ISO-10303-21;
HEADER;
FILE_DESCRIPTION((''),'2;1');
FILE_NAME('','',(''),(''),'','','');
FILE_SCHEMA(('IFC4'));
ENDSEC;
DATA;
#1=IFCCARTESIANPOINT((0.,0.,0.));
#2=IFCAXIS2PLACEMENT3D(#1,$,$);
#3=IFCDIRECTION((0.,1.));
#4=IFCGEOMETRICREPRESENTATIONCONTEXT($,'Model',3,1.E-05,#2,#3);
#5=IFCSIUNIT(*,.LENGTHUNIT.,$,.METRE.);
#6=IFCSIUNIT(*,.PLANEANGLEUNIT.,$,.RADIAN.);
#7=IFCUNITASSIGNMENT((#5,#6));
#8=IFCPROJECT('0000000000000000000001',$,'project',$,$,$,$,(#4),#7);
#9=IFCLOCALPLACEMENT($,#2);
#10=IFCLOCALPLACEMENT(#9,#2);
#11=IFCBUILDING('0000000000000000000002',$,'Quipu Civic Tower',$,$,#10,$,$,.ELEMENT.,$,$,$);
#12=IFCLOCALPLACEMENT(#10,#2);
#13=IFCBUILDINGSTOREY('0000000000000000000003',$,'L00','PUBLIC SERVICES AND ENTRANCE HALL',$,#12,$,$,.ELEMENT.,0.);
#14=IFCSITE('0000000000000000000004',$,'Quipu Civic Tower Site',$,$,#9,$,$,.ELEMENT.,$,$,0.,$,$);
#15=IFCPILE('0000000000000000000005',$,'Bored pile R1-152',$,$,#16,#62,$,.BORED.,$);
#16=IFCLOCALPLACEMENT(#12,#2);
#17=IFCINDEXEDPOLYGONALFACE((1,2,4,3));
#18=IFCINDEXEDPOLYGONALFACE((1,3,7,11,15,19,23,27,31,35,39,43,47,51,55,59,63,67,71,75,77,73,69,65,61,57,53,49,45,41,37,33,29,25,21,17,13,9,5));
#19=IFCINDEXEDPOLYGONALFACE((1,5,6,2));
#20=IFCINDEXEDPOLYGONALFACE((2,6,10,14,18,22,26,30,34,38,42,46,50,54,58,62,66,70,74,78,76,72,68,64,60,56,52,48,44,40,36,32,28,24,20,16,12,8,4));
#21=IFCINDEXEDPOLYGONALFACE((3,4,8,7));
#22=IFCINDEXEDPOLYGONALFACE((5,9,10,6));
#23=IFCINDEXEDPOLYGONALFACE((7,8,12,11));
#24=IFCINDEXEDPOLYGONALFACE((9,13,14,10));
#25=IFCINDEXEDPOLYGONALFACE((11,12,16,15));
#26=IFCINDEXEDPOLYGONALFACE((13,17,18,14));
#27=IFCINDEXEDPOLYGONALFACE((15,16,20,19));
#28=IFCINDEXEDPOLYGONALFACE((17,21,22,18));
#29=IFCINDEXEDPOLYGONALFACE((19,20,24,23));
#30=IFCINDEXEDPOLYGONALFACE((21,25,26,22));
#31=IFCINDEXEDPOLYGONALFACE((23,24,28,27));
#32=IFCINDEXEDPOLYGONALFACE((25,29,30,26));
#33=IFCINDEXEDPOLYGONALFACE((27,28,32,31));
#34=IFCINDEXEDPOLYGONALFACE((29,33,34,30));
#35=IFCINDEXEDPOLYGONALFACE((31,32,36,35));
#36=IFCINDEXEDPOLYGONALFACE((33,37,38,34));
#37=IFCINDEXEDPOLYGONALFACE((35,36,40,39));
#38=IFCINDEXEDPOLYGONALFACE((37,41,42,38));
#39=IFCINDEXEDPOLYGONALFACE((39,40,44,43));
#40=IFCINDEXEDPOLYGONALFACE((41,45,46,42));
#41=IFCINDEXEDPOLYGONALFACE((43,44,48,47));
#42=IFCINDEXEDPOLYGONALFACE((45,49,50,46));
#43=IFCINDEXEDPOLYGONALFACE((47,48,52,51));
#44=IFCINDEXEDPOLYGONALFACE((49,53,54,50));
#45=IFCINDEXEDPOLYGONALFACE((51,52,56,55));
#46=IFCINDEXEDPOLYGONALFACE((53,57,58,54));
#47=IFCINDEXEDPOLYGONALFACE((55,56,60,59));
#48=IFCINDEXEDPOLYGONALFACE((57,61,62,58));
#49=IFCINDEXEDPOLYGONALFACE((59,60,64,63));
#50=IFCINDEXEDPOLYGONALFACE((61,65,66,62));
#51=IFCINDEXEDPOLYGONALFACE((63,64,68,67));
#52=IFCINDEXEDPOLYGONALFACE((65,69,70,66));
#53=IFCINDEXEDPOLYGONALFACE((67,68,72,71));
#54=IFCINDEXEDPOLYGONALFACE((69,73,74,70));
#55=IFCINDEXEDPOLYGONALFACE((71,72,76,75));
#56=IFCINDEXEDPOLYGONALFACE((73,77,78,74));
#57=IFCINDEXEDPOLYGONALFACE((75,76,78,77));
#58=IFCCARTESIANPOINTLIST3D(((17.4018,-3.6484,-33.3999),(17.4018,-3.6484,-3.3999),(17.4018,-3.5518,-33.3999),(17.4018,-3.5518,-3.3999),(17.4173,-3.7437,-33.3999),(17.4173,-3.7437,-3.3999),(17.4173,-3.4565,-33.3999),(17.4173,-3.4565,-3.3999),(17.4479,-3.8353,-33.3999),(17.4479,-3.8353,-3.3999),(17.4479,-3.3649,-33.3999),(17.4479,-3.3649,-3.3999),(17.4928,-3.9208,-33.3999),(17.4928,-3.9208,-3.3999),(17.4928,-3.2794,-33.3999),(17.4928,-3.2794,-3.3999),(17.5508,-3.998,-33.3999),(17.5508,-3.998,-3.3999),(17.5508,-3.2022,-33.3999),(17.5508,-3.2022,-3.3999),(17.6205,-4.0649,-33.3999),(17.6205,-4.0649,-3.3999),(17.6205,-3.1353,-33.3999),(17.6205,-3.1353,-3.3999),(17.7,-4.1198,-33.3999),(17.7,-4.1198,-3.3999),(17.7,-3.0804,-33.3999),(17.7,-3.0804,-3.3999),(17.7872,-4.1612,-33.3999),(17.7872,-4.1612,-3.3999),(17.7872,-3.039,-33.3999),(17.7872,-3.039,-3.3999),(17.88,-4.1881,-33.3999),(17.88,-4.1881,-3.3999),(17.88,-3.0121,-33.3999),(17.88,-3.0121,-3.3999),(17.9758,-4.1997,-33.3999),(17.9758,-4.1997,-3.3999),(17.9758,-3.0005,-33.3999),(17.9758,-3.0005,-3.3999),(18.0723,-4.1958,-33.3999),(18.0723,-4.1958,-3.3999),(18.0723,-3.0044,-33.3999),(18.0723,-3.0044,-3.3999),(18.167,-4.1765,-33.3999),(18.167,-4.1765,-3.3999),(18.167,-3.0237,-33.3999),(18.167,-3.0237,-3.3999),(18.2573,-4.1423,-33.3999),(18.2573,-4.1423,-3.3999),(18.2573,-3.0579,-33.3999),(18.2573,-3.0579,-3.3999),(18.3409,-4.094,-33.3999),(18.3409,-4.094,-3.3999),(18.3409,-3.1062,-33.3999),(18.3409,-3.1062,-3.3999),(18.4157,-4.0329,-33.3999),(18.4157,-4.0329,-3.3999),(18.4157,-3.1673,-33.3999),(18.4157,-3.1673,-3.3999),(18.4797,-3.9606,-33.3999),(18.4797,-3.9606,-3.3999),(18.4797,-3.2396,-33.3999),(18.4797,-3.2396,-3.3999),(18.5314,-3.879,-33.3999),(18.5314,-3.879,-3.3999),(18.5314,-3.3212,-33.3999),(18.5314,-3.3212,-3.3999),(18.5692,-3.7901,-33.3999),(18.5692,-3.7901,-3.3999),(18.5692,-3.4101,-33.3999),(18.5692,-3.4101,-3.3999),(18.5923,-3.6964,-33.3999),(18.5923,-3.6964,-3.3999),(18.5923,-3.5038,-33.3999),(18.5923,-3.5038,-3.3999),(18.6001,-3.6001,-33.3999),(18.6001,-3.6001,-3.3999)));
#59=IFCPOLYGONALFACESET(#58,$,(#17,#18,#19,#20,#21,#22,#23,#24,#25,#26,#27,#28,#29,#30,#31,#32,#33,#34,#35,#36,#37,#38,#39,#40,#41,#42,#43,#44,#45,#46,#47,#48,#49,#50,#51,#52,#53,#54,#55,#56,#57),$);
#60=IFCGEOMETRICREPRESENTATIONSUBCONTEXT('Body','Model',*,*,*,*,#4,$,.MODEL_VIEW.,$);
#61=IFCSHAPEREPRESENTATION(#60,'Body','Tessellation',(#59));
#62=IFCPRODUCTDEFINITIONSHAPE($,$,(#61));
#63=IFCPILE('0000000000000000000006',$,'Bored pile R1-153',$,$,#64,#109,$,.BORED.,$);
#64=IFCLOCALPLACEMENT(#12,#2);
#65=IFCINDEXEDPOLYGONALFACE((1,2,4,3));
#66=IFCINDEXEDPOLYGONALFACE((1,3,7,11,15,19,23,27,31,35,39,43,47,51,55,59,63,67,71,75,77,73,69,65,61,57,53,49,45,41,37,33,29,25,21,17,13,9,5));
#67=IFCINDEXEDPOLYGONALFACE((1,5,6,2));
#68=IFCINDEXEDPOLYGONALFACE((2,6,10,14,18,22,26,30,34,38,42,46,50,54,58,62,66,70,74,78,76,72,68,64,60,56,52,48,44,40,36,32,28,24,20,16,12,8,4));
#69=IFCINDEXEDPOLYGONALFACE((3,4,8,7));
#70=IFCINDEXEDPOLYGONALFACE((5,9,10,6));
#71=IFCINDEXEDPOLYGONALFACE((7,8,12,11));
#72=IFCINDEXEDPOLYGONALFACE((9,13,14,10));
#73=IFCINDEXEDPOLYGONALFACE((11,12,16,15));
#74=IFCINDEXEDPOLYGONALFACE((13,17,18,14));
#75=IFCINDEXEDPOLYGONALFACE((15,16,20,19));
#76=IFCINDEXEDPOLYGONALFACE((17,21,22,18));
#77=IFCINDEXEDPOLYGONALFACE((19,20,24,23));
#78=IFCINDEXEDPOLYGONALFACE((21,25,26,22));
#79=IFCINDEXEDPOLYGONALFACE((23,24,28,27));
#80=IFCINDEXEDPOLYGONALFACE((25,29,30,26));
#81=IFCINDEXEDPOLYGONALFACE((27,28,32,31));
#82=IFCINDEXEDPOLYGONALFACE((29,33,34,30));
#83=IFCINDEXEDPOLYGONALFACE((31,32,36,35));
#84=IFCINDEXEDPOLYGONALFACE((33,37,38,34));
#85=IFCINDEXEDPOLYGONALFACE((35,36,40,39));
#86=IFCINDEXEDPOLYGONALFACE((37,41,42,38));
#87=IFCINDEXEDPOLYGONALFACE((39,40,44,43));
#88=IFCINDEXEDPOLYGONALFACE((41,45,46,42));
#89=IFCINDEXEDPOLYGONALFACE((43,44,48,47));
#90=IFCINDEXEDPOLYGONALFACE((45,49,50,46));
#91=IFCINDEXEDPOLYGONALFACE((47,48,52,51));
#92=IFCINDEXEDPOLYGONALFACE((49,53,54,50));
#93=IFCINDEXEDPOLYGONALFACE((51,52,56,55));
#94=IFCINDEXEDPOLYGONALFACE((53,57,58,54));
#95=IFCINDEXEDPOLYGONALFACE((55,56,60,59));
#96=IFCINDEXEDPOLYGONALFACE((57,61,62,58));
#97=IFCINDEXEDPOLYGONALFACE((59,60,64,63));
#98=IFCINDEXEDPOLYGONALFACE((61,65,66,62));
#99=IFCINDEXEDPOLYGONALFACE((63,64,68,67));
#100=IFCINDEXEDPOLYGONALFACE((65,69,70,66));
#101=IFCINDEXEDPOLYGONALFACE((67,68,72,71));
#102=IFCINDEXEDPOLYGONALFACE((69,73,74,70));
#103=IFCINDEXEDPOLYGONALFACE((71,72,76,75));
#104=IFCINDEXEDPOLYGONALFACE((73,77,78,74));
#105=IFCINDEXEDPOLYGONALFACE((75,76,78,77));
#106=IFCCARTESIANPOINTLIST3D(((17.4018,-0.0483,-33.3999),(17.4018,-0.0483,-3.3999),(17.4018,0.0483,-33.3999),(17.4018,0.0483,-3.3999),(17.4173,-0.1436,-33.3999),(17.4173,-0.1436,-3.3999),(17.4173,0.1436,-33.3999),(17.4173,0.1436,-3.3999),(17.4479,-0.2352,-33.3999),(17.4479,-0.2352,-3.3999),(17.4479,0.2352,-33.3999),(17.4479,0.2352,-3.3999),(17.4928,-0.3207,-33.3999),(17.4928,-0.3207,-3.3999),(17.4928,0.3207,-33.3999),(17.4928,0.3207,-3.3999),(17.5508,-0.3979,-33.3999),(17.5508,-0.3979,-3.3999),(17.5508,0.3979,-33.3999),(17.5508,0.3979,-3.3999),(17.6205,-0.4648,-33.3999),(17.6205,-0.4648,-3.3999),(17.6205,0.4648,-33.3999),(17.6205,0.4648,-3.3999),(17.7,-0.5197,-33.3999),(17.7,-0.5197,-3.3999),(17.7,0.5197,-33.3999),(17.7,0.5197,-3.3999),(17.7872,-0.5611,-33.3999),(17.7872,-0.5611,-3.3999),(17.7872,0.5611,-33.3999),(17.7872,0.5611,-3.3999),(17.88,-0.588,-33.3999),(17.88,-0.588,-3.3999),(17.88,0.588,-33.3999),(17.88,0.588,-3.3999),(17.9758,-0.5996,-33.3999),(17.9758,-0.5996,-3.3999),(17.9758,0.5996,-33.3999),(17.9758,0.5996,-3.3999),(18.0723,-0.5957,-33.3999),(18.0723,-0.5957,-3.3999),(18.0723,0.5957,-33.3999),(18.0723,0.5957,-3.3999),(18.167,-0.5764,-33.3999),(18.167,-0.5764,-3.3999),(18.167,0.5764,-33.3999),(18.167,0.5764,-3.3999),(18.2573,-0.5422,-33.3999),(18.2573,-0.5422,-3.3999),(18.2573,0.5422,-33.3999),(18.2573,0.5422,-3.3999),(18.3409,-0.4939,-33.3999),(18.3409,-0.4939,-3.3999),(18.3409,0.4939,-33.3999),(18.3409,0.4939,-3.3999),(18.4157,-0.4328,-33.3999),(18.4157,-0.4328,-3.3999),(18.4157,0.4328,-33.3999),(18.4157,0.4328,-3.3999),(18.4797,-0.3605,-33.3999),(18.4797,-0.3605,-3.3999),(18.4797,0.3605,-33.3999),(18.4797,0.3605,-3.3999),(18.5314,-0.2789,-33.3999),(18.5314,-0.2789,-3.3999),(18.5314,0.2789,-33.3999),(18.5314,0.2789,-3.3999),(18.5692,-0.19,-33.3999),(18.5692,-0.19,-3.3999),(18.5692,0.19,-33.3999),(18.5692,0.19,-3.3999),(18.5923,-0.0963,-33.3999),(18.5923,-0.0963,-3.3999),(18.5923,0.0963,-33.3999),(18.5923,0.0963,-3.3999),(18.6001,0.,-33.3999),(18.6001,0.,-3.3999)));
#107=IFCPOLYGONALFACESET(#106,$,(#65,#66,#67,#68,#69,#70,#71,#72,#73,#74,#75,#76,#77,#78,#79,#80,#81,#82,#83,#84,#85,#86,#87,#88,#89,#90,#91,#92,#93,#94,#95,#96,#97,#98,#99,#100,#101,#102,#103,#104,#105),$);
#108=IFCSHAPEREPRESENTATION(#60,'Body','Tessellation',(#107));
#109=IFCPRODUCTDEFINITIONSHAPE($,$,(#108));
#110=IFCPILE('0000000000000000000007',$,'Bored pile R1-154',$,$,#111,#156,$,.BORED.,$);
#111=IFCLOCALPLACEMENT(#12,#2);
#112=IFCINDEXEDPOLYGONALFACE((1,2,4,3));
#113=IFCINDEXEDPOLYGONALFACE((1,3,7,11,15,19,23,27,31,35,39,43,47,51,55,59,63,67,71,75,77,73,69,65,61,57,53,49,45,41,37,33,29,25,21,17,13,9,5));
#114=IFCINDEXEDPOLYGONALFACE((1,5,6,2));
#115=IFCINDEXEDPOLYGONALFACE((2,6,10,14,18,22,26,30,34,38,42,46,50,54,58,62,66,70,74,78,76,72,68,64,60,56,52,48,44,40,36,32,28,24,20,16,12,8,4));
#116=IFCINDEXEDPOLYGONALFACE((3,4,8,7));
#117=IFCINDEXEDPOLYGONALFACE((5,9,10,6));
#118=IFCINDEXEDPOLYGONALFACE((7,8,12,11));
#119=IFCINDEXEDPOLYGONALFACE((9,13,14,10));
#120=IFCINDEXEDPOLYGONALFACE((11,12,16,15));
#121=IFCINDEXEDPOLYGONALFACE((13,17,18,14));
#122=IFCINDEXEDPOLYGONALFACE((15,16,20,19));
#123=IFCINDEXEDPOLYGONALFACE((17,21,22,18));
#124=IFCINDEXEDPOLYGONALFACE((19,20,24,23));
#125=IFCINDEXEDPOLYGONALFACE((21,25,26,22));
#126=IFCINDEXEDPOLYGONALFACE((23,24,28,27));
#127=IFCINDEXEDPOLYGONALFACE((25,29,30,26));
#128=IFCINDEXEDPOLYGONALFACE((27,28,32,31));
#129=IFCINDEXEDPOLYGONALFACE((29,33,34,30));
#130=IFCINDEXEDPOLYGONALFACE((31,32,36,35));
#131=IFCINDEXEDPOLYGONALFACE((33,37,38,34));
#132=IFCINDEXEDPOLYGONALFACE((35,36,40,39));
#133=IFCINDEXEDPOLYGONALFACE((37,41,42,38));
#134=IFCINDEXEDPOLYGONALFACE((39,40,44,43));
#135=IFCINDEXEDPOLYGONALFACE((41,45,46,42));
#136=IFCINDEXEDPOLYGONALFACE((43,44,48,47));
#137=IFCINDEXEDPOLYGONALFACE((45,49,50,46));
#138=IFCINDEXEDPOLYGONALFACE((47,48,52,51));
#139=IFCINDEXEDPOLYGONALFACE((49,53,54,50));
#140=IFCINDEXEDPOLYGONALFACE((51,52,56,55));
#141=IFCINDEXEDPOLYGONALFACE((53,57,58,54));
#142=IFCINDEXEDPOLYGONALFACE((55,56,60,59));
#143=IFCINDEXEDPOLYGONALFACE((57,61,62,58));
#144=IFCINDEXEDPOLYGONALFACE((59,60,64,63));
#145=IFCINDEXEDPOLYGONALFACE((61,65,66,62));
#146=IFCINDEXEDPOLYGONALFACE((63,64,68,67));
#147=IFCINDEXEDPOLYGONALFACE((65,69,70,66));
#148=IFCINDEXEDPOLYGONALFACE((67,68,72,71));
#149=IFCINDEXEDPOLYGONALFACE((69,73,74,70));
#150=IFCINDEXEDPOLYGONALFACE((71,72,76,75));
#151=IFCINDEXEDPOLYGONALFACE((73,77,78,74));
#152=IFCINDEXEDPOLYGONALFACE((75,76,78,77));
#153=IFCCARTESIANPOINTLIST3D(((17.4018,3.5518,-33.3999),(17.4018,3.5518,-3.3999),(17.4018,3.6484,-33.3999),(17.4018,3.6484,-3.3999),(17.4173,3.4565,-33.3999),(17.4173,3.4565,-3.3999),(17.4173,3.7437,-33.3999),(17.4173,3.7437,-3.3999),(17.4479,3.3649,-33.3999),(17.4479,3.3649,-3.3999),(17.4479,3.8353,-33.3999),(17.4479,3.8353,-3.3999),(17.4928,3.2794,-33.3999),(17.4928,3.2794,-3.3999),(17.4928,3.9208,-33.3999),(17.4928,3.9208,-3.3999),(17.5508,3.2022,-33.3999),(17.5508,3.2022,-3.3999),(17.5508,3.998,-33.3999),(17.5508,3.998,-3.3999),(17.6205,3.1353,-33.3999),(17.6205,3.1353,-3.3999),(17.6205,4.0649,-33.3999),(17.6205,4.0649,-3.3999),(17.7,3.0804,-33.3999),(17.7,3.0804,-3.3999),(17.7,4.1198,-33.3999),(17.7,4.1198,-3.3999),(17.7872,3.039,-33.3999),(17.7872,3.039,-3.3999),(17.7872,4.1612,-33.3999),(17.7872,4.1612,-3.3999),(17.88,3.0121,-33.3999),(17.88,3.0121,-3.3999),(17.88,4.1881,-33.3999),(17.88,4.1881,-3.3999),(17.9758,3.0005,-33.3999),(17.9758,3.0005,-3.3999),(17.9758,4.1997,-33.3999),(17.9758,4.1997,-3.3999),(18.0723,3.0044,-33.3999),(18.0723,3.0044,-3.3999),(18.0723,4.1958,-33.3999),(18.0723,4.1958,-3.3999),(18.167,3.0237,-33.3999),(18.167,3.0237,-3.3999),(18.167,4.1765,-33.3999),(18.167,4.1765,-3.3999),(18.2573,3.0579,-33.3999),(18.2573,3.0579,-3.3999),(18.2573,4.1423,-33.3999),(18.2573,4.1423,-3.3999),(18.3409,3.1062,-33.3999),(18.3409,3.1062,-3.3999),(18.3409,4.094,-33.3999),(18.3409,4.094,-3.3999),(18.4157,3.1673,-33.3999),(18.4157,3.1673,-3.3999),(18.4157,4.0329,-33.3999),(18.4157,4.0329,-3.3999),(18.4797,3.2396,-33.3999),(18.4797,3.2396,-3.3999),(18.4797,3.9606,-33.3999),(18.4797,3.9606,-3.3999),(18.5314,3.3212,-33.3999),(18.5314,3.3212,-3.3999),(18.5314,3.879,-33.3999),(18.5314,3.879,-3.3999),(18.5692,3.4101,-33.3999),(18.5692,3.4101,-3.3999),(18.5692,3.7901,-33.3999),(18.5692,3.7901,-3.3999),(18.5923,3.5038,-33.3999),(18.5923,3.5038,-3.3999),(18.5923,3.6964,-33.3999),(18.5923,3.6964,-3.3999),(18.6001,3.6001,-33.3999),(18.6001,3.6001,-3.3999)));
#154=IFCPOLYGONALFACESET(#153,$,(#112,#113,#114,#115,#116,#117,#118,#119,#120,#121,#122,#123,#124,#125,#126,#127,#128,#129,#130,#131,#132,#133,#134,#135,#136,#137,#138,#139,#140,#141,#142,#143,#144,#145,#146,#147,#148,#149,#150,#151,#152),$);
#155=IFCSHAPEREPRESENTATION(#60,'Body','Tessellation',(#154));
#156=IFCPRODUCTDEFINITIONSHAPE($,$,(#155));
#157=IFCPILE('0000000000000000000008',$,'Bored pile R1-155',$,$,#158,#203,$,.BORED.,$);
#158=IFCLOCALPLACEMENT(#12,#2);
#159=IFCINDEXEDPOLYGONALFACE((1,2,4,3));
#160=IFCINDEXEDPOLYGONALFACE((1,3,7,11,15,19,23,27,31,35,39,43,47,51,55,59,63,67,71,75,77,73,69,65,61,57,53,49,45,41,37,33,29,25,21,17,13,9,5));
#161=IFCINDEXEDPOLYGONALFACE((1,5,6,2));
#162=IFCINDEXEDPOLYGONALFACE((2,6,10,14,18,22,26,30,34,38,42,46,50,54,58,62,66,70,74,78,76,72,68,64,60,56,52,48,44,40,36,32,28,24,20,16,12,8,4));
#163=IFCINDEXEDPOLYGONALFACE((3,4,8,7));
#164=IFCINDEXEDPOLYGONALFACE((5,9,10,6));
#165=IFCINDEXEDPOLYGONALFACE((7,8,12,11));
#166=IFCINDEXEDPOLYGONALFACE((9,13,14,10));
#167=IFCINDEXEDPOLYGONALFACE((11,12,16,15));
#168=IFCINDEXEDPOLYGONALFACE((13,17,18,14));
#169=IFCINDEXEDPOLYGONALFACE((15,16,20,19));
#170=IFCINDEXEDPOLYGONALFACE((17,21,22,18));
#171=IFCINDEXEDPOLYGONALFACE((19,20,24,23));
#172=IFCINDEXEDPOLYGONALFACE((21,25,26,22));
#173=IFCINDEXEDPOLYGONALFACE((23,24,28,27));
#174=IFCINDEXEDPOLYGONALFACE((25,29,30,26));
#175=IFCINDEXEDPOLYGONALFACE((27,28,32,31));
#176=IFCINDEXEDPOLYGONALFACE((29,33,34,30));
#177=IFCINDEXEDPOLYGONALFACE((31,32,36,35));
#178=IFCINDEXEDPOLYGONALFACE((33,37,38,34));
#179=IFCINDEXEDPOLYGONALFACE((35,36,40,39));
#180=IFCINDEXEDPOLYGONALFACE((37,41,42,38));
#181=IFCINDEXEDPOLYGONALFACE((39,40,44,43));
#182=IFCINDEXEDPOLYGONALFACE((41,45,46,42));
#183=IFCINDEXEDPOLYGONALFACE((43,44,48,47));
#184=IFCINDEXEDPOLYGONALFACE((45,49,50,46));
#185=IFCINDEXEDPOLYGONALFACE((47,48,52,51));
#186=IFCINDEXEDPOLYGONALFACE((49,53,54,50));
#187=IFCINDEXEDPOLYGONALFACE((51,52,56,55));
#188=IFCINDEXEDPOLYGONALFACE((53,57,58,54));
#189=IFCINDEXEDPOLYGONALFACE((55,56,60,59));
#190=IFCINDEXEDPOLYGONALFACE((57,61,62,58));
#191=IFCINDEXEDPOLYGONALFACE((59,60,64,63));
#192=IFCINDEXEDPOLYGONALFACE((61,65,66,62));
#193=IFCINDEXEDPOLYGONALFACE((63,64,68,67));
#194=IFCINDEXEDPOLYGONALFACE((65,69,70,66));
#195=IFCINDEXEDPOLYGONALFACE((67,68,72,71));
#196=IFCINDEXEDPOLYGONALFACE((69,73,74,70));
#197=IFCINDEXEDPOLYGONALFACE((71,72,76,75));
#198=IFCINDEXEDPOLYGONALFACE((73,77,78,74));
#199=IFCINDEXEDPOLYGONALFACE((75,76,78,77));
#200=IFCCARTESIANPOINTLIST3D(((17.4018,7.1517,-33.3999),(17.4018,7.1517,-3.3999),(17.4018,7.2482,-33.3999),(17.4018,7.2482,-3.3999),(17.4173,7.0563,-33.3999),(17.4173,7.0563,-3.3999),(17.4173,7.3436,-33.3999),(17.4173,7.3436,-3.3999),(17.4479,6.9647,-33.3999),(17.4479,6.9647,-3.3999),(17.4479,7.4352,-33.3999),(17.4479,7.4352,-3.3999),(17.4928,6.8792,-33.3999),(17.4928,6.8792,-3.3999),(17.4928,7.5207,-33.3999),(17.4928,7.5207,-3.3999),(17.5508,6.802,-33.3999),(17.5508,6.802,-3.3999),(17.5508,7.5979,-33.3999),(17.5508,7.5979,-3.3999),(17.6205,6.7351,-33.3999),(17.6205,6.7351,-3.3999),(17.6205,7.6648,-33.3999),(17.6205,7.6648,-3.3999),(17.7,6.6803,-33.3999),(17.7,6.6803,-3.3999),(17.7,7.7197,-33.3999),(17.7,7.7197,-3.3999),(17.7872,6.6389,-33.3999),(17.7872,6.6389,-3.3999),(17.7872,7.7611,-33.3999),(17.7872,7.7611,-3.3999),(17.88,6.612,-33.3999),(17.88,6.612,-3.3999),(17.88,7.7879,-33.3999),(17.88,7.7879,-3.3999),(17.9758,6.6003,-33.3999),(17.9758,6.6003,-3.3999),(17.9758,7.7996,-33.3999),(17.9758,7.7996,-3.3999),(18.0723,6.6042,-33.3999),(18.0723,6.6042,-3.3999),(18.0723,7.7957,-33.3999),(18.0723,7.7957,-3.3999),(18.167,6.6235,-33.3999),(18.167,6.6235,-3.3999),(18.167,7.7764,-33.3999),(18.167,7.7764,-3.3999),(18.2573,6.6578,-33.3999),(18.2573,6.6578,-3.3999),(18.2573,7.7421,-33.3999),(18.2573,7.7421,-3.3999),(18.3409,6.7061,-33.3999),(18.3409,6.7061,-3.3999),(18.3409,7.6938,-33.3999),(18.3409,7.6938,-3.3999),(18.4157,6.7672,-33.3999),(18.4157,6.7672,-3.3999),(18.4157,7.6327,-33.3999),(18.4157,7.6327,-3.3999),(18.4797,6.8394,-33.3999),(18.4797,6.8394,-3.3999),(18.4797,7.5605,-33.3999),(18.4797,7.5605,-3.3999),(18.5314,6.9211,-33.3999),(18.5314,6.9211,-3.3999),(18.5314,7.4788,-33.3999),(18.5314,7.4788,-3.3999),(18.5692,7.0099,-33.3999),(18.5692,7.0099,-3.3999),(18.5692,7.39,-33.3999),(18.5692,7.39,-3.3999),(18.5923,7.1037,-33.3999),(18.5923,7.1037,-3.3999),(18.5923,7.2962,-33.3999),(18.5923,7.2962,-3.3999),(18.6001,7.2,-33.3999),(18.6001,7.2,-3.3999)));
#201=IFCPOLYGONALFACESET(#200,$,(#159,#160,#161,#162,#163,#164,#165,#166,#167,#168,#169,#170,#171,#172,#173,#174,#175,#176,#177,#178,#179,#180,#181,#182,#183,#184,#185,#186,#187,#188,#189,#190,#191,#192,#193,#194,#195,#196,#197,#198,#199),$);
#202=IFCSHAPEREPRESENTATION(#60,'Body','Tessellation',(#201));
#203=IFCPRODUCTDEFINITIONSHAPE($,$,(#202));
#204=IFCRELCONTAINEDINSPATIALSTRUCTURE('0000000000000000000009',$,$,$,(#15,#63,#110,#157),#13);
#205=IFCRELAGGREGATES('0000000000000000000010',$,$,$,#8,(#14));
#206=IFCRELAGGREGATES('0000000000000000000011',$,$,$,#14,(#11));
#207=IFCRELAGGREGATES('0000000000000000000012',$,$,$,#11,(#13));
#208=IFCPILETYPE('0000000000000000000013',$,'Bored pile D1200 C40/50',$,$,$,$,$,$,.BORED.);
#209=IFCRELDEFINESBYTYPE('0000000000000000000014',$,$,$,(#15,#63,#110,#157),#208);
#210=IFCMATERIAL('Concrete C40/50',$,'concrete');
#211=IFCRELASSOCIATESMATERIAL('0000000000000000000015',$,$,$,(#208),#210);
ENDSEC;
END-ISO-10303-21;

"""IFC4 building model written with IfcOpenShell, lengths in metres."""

from ifc_helpers import new_model, si_unit, direction, frame, origin, origin_2d, place, context, subcontext, project, spatial, circle, extrude, material, material_profile, profile_set, type_object, element, save


model = new_model("IFC4")

# Units and contexts
model_context = context("Model", 3, precision=1e-05, world=origin(), true_north=direction((0.0, 1.0)))
body_context = subcontext(model_context, "Body", "Model", "MODEL_VIEW")
ifc_project = project(units=[si_unit("LENGTHUNIT", "METRE"), si_unit("PLANEANGLEUNIT", "RADIAN")], contexts=[model_context])

# Site, building, storey
site_placement = place(None, origin())
site = spatial("IfcSite", under=ifc_project, at=site_placement, Name="Quipu Civic Tower Site", CompositionType="ELEMENT", RefElevation=0.0)
building_placement = place(site_placement, origin())
building = spatial("IfcBuilding", under=site, at=building_placement, Name="Quipu Civic Tower", CompositionType="ELEMENT")
storey_placement = place(building_placement, origin())
storey = spatial("IfcBuildingStorey", under=building, at=storey_placement, Name="L00", Description="PUBLIC SERVICES AND ENTRANCE HALL", CompositionType="ELEMENT", Elevation=0.0)

# Piles
ifc_material_1 = material(Name="Concrete C40/50", Category="concrete")
ifc_material_profile_1 = material_profile(ifc_material_1, circle(Radius=0.6001, at=origin_2d()), Name="RCD1200")
ifc_profile_set_1 = profile_set([ifc_material_profile_1], Name="Concrete C40/50")
pile_type = type_object("IfcPileType", Name="Bored pile D1200 C40/50", PredefinedType="BORED", material=ifc_profile_set_1)
for number, where, z_axis, x_axis, name in (
    (1, (18.0, -3.6001, -3.3999), (0.0, 0.0, -1.0), (1.0, 0.0, 0.0), "Bored pile R1-152"),
    (2, (18.0, 0.0, -3.3999), (0.0, 0.0, -1.0), (1.0, 0.0, 0.0), "Bored pile R1-153"),
    (3, (18.0, 3.6001, -3.3999), (0.0, 0.0, -1.0), (1.0, 0.0, 0.0), "Bored pile R1-154"),
    (4, (18.0, 7.2, -3.3999), (0.0, 0.0, -1.0), (1.0, 0.0, 0.0), "Bored pile R1-155"),
):
    element("IfcPile", number, at=place(storey_placement, frame(where, z_axis=z_axis, x_axis=x_axis)), inside=storey, type_object=pile_type, Name=name, PredefinedType="BORED", context=body_context, shape_type="SweptSolid", body=[
        extrude(circle(Radius=0.6001, at=origin_2d()), origin(), (0.0, 0.0, 1.0), 30.0),
    ])

save(model, "model.ifc")
